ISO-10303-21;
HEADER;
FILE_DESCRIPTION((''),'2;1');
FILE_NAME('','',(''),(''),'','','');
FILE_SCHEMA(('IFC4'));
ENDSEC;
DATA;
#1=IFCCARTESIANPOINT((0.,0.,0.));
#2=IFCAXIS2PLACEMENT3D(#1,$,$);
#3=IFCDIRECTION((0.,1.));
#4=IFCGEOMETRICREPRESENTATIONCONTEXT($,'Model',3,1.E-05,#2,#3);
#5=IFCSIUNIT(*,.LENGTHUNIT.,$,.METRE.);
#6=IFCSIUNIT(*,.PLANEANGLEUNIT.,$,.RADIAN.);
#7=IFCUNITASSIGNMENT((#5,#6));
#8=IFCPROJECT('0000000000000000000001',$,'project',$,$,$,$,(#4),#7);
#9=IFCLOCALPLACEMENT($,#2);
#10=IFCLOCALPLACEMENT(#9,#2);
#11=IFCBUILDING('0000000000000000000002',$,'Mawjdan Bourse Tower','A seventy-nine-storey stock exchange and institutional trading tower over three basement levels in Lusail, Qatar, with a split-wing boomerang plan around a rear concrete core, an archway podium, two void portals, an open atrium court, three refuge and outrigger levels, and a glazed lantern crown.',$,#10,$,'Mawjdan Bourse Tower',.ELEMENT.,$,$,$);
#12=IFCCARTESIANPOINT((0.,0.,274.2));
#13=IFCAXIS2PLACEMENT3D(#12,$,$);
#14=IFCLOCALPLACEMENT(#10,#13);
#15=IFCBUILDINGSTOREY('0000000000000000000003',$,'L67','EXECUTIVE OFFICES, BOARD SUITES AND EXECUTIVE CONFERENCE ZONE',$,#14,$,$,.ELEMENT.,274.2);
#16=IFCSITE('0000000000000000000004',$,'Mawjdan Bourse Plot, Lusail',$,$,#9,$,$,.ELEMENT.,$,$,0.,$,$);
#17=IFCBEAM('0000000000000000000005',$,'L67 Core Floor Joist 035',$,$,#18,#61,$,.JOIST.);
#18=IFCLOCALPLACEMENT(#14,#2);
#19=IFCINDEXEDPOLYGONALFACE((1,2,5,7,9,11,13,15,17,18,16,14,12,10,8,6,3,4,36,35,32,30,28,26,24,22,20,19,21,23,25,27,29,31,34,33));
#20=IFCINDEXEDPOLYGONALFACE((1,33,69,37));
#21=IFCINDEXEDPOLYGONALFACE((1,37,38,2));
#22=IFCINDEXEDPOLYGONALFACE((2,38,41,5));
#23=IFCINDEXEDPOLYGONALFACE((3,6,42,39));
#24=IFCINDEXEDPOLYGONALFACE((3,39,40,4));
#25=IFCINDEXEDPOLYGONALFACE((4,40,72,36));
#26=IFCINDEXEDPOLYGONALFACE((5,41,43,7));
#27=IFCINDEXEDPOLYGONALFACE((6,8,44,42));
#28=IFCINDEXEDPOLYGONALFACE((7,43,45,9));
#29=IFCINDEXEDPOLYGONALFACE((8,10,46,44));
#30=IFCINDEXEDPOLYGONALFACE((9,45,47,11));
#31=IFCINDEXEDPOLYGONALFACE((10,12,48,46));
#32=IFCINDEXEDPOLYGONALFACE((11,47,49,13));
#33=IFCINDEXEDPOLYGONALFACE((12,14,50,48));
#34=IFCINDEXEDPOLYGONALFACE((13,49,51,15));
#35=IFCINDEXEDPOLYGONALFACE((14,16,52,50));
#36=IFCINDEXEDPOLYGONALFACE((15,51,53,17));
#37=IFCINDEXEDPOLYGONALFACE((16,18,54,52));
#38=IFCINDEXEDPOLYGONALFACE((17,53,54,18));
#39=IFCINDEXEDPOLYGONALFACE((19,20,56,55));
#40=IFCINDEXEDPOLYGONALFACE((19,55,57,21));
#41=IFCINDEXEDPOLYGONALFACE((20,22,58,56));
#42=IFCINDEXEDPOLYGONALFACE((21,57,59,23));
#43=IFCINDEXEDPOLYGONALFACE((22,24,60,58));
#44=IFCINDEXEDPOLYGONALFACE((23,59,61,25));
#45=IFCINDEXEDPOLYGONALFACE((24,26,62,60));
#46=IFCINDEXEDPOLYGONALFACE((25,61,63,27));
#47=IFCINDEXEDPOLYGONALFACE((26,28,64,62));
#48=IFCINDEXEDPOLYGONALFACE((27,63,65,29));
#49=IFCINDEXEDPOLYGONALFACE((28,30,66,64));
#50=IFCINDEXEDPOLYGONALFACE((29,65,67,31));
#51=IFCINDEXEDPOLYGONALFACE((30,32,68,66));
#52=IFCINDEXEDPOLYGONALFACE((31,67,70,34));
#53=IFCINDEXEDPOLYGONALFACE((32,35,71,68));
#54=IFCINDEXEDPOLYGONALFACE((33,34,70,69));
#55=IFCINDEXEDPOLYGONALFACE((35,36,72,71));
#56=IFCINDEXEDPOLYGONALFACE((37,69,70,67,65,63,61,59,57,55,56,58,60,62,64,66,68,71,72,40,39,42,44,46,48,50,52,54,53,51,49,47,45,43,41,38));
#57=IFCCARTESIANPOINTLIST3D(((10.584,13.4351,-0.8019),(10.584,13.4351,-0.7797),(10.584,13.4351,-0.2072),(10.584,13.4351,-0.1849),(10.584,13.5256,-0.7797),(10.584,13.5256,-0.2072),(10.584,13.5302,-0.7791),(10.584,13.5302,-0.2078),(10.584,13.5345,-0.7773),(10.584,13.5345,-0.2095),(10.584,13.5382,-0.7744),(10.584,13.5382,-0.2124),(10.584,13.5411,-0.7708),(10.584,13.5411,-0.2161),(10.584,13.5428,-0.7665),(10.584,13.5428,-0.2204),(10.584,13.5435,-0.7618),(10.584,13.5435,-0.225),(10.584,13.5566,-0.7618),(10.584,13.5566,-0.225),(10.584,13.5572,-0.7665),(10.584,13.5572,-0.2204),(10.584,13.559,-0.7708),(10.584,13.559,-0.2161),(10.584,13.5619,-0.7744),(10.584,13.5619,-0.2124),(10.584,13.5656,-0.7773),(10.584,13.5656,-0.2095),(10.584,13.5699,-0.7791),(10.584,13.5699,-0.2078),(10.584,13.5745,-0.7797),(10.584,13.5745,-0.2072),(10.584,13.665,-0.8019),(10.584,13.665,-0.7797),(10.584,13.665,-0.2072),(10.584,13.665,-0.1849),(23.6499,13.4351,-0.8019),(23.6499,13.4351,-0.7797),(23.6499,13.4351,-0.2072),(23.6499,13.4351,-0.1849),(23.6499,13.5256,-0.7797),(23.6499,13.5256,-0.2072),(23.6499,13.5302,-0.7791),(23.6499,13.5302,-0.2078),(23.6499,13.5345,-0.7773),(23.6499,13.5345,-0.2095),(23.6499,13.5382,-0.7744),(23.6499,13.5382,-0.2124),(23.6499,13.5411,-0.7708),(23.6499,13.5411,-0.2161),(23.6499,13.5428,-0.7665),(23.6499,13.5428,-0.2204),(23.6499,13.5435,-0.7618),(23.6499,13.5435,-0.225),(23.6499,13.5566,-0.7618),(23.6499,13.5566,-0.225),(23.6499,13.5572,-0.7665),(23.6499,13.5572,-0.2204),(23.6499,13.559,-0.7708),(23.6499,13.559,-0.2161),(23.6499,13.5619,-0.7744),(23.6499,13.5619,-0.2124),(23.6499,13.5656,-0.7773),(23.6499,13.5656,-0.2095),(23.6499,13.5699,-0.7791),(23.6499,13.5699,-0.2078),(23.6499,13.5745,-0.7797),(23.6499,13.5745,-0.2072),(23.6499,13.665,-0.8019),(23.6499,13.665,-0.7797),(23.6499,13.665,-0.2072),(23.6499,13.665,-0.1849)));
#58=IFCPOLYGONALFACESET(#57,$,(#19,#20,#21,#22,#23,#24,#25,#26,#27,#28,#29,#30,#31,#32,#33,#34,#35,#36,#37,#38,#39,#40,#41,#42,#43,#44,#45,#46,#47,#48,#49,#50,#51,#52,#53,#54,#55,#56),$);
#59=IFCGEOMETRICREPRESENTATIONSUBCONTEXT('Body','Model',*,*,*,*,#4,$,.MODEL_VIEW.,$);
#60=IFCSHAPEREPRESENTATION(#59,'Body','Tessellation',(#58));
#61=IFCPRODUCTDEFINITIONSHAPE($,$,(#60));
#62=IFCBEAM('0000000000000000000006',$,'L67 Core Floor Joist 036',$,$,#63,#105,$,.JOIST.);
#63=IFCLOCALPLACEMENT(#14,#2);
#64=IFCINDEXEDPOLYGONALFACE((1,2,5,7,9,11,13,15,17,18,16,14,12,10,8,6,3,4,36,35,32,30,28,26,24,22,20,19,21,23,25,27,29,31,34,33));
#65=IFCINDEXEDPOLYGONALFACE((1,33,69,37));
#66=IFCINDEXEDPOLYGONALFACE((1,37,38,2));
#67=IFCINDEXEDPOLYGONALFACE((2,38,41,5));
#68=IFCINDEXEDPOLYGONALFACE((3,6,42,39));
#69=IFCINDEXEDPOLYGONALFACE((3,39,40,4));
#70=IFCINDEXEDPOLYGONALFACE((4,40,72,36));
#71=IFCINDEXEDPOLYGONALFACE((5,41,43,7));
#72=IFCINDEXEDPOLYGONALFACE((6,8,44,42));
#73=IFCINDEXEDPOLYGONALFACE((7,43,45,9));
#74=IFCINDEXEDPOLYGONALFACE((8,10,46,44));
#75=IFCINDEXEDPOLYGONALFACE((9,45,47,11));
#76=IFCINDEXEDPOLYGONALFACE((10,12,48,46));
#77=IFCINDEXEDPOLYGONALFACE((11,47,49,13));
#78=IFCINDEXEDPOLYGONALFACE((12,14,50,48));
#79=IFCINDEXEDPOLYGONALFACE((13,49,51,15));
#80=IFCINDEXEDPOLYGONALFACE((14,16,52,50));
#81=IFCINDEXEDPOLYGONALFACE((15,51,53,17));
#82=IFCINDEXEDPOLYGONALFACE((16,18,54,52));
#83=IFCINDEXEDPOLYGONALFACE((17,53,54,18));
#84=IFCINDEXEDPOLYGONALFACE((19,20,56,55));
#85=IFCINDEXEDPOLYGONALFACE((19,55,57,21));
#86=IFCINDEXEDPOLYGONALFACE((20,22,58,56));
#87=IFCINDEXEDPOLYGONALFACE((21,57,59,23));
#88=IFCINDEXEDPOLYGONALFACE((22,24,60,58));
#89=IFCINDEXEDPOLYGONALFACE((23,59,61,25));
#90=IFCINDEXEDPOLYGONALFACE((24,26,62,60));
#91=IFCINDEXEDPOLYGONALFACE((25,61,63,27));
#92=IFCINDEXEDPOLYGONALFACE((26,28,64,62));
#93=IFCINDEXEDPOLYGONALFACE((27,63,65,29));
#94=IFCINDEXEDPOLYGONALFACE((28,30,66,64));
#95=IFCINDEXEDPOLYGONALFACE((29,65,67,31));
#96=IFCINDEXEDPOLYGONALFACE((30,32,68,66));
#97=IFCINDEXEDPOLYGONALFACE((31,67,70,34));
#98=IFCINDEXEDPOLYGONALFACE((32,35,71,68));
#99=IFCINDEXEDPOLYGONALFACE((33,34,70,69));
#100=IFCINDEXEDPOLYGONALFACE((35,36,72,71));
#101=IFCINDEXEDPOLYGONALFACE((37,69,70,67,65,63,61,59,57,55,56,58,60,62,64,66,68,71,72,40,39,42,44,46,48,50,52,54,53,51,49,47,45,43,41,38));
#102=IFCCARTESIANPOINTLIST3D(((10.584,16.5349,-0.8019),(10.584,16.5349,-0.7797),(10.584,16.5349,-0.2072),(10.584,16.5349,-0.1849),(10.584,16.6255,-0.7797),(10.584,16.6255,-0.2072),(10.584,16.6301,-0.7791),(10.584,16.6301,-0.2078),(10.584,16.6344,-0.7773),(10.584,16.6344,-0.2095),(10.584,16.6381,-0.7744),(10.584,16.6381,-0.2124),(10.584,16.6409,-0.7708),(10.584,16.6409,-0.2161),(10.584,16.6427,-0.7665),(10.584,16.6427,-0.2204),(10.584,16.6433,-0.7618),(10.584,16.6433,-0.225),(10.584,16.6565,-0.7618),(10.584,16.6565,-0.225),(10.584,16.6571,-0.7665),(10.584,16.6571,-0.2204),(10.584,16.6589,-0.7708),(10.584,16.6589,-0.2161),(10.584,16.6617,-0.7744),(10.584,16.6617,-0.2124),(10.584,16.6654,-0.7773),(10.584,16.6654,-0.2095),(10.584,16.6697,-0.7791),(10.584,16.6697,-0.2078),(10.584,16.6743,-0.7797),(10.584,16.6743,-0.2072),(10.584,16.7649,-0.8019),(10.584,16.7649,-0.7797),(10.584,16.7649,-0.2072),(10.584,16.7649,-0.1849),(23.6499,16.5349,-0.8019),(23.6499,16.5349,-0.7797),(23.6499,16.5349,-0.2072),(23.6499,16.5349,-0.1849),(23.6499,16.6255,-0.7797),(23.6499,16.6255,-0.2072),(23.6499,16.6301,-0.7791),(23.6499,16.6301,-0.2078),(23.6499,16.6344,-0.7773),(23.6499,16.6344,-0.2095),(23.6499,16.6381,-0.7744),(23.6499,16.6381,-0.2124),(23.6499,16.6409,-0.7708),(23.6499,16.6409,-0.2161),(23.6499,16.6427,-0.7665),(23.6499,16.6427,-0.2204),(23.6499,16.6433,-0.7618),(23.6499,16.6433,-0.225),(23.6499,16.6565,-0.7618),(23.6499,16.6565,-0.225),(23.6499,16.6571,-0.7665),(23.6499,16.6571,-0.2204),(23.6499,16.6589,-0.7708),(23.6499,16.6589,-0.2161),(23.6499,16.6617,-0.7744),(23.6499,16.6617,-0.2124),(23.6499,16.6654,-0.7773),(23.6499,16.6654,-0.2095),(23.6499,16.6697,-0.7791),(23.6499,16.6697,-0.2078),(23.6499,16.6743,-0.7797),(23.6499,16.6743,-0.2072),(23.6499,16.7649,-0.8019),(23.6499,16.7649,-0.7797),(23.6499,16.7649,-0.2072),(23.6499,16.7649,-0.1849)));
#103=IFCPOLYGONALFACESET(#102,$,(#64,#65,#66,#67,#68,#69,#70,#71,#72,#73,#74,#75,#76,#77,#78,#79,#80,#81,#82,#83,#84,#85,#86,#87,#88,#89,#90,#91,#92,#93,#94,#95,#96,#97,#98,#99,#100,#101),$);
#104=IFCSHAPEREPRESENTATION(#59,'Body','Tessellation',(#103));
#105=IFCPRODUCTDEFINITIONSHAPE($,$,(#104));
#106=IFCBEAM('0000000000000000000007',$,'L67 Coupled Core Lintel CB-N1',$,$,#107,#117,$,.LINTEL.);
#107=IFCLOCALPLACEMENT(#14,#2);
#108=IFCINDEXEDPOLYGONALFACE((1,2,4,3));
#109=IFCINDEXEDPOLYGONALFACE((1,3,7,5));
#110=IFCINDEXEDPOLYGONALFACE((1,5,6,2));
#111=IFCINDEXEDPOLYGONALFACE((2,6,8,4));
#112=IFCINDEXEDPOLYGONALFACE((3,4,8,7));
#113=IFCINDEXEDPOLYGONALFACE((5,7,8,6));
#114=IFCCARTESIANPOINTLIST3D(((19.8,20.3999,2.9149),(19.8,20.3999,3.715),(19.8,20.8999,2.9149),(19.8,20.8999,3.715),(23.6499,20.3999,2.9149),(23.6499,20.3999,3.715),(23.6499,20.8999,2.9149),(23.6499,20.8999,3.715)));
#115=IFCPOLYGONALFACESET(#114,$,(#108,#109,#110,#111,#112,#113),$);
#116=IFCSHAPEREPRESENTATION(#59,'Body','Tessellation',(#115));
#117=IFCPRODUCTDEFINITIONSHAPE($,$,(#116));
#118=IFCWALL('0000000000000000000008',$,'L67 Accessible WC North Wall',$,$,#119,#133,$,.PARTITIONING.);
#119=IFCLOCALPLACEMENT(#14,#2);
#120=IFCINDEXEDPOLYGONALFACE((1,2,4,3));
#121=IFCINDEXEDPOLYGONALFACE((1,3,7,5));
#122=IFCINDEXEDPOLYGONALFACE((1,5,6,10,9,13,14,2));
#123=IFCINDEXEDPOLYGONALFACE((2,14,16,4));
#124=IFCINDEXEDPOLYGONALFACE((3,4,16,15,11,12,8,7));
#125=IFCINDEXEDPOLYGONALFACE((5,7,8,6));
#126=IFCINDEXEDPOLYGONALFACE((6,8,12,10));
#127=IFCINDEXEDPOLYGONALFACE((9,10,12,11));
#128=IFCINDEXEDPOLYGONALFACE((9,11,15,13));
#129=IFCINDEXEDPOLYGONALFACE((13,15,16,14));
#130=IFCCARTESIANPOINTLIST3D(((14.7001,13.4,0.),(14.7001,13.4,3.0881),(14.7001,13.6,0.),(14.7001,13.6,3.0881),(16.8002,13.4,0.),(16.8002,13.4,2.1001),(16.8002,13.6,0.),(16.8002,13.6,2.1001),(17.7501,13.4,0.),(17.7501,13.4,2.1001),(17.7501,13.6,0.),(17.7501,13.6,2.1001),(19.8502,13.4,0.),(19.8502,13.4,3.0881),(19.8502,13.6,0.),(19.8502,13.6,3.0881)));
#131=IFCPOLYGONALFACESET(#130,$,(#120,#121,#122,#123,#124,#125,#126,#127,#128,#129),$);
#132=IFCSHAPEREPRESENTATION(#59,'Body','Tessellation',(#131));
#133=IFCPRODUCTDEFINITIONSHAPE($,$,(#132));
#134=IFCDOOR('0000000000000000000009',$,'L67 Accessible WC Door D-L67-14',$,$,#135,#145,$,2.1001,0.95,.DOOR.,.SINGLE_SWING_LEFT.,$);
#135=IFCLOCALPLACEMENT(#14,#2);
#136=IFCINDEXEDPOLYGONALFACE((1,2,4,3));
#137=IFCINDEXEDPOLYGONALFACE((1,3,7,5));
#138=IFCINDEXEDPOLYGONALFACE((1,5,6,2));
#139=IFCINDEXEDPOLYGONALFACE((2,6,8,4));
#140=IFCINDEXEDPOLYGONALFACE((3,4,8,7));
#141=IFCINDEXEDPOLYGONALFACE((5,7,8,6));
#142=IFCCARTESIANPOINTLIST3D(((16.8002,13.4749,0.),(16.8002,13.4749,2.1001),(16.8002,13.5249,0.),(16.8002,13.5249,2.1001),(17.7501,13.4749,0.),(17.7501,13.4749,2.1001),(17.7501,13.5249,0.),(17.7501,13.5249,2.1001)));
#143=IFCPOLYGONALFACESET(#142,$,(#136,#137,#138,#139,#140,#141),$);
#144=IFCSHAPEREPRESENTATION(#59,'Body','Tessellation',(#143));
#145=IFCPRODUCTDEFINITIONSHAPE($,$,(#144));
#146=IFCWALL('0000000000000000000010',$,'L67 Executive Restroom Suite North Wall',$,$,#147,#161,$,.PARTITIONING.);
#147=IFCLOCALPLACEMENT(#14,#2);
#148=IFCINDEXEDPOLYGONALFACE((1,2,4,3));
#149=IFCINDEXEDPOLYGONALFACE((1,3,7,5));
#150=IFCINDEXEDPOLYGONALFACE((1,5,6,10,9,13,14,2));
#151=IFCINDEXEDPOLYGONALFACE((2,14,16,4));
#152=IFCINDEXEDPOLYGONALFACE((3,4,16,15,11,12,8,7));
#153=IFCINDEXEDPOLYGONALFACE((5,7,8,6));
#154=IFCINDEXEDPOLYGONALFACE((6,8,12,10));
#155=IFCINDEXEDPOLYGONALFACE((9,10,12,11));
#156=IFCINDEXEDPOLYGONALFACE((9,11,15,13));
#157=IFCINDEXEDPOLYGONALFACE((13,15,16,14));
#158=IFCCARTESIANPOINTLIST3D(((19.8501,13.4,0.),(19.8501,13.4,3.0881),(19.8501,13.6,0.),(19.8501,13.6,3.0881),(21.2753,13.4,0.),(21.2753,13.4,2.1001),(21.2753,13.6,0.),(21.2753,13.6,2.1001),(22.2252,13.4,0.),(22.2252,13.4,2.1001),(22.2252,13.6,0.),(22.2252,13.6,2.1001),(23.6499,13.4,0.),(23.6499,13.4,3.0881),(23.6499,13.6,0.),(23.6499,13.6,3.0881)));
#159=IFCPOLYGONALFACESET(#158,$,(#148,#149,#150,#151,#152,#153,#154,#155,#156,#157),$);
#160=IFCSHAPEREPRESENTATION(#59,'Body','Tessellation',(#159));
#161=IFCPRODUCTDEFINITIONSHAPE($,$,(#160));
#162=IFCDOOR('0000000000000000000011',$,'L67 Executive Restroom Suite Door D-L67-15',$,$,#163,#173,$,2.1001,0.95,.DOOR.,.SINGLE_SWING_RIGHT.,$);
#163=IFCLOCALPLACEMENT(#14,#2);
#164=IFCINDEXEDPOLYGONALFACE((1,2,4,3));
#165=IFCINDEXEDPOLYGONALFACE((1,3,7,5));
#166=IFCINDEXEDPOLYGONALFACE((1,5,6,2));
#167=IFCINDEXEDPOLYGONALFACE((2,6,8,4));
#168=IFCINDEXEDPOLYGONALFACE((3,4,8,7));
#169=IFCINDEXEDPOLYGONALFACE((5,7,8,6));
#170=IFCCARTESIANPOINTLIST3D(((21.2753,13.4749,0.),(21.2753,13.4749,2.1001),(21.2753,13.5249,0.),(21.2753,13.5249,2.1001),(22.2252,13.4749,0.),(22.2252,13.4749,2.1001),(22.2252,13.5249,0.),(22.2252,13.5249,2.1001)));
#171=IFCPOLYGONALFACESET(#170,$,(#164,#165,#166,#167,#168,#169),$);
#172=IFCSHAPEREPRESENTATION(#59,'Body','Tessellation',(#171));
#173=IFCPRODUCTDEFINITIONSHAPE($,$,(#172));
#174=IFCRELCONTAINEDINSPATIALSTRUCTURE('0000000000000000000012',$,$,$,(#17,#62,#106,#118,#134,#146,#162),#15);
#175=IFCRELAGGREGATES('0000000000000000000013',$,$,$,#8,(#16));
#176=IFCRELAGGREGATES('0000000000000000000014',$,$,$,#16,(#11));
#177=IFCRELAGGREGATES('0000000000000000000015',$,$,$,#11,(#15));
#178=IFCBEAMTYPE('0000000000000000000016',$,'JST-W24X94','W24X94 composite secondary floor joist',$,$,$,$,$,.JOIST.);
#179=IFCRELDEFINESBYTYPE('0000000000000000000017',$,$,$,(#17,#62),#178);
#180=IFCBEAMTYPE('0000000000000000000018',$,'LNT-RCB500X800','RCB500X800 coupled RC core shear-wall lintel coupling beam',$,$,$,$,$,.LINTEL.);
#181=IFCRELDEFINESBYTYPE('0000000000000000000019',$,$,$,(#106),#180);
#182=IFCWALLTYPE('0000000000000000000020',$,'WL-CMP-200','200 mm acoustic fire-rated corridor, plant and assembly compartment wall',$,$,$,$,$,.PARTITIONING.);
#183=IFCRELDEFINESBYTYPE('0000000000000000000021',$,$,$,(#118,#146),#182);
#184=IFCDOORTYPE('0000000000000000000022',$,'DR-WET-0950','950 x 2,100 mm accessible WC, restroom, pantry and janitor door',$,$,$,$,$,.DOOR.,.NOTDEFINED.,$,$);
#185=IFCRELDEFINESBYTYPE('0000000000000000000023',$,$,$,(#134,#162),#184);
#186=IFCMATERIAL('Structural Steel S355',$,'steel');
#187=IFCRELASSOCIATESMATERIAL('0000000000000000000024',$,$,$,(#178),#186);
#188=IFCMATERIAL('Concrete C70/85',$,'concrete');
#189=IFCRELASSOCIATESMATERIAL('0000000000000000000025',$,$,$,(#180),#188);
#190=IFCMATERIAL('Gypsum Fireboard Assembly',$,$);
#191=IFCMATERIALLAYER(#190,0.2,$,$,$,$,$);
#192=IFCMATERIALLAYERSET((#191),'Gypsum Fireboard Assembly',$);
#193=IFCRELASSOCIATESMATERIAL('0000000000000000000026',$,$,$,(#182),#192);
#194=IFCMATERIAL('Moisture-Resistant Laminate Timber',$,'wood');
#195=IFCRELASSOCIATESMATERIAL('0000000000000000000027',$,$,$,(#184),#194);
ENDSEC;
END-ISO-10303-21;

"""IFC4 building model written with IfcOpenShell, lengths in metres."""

from ifc_helpers import new_model, si_unit, direction, frame, frame_2d, origin, origin_2d, place, context, subcontext, project, spatial, rectangle, i_section, extrude, material, layer, layer_set, material_profile, profile_set, type_object, element, fill, save


model = new_model("IFC4")

# Units and contexts
model_context = context("Model", 3, precision=1e-05, world=origin(), true_north=direction((0.0, 1.0)))
body_context = subcontext(model_context, "Body", "Model", "MODEL_VIEW")
ifc_project = project(units=[si_unit("LENGTHUNIT", "METRE"), si_unit("PLANEANGLEUNIT", "RADIAN")], contexts=[model_context])

# Site, building, storey
site_placement = place(None, origin())
site = spatial("IfcSite", under=ifc_project, at=site_placement, Name="Mawjdan Bourse Plot, Lusail", CompositionType="ELEMENT", RefElevation=0.0)
building_placement = place(site_placement, origin())
building = spatial("IfcBuilding", under=site, at=building_placement, Name="Mawjdan Bourse Tower", Description="A seventy-nine-storey stock exchange and institutional trading tower over three basement levels in Lusail, Qatar, with a split-wing boomerang plan around a rear concrete core, an archway podium, two void portals, an open atrium court, three refuge and outrigger levels, and a glazed lantern crown.", LongName="Mawjdan Bourse Tower", CompositionType="ELEMENT")
storey_placement = place(building_placement, frame((0.0, 0.0, 274.2)))
storey = spatial("IfcBuildingStorey", under=building, at=storey_placement, Name="L67", Description="EXECUTIVE OFFICES, BOARD SUITES AND EXECUTIVE CONFERENCE ZONE", CompositionType="ELEMENT", Elevation=274.2)

# Beams
ifc_material_1 = material(Name="Structural Steel S355", Category="steel")
ifc_material_profile_1 = material_profile(ifc_material_1, i_section(OverallWidth=0.23, OverallDepth=0.6169, WebThickness=0.0132, FlangeThickness=0.0222, FilletRadius=0.0178, at=origin_2d()), Name="W24X94")
ifc_profile_set_1 = profile_set([ifc_material_profile_1], Name="Structural Steel S355")
beam_type_1 = type_object("IfcBeamType", Name="JST-W24X94", Description="W24X94 composite secondary floor joist", PredefinedType="JOIST", material=ifc_profile_set_1)
for number, where, z_axis, x_axis, name in (
    (1, (10.584, 13.55, -0.4934), (1.0, 0.0, 0.0), (0.0, 1.0, 0.0), "L67 Core Floor Joist 035"),
    (2, (10.584, 16.6499, -0.4934), (1.0, 0.0, 0.0), (0.0, 1.0, 0.0), "L67 Core Floor Joist 036"),
):
    element("IfcBeam", number, at=place(storey_placement, frame(where, z_axis=z_axis, x_axis=x_axis)), inside=storey, type_object=beam_type_1, Name=name, PredefinedType="JOIST", context=body_context, shape_type="SweptSolid", body=[
        extrude(i_section(OverallWidth=0.23, OverallDepth=0.6169, WebThickness=0.0132, FlangeThickness=0.0222, FilletRadius=0.0178, at=origin_2d()), origin(), (0.0, 0.0, 1.0), 13.0659),
    ])
ifc_material_2 = material(Name="Concrete C70/85", Category="concrete")
ifc_material_profile_2 = material_profile(ifc_material_2, rectangle(XDim=0.5, YDim=0.8, at=origin_2d()), Name="RCB500X800")
ifc_profile_set_2 = profile_set([ifc_material_profile_2], Name="Concrete C70/85")
beam_type_2 = type_object("IfcBeamType", Name="LNT-RCB500X800", Description="RCB500X800 coupled RC core shear-wall lintel coupling beam", PredefinedType="LINTEL", material=ifc_profile_set_2)
beam_placement = place(storey_placement, frame((19.8, 20.6499, 3.3149), z_axis=(1.0, 0.0, 0.0), x_axis=(0.0, 1.0, 0.0)))
element("IfcBeam", 3, at=beam_placement, inside=storey, type_object=beam_type_2, Name="L67 Coupled Core Lintel CB-N1", PredefinedType="LINTEL", context=body_context, shape_type="SweptSolid", body=[
    extrude(rectangle(XDim=0.5, YDim=0.8, at=origin_2d()), origin(), (0.0, 0.0, 1.0), 3.8499),
])

# Walls, openings, doors
ifc_material_3 = material(Name="Gypsum Fireboard Assembly")
ifc_layer_1 = layer(ifc_material_3, 0.2)
ifc_layer_set_1 = layer_set([ifc_layer_1], Name="Gypsum Fireboard Assembly")
wall_type_1 = type_object("IfcWallType", Name="WL-CMP-200", Description="200 mm acoustic fire-rated corridor, plant and assembly compartment wall", PredefinedType="PARTITIONING", material=ifc_layer_set_1)
wall_1_placement = place(storey_placement, frame((14.7, 13.5, 0.0), z_axis=(0.0, 0.0, 1.0), x_axis=(1.0, 0.0, 0.0)))
wall_1 = element("IfcWall", 4, at=wall_1_placement, inside=storey, type_object=wall_type_1, Name="L67 Accessible WC North Wall", PredefinedType="PARTITIONING", context=body_context, shape_type="SweptSolid", body=[
    extrude(rectangle(XDim=5.1501, YDim=0.2, at=frame_2d((2.5752, 0.0))), origin(), (0.0, 0.0, 1.0), 3.0881),
])
opening_1_placement = place(wall_1_placement, frame((2.1001, 0.0, 0.0)))
opening_1 = element("IfcOpeningElement", 5, at=opening_1_placement, cuts=wall_1, PredefinedType="OPENING", context=body_context, shape_type="SweptSolid", body=[
    extrude(rectangle(XDim=0.95, YDim=2.1001, at=frame_2d((0.4751, 1.05))), frame((0.0, 0.1099, 0.0), z_axis=(0.0, -1.0, 0.0), x_axis=(1.0, 0.0, 0.0)), (0.0, 0.0, 1.0), 0.22),
])
ifc_material_4 = material(Name="Moisture-Resistant Laminate Timber", Category="wood")
door_type_1 = type_object("IfcDoorType", Name="DR-WET-0950", Description="950 x 2,100 mm accessible WC, restroom, pantry and janitor door", OperationType="NOTDEFINED", PredefinedType="DOOR", material=ifc_material_4)
door_1_placement = place(opening_1_placement, origin())
door_1 = element("IfcDoor", 6, at=door_1_placement, inside=storey, type_object=door_type_1, Name="L67 Accessible WC Door D-L67-14", OperationType="SINGLE_SWING_LEFT", OverallHeight=2.1001, OverallWidth=0.95, PredefinedType="DOOR", context=body_context, shape_type="SweptSolid", body=[
    extrude(rectangle(XDim=0.95, YDim=2.1001, at=frame_2d((0.4751, 1.05))), frame((0.0, 0.0249, 0.0), z_axis=(0.0, -1.0, 0.0), x_axis=(1.0, 0.0, 0.0)), (0.0, 0.0, 1.0), 0.05),
])
fill(opening_1, door_1)
wall_2_placement = place(storey_placement, frame((19.8501, 13.5, 0.0), z_axis=(0.0, 0.0, 1.0), x_axis=(1.0, 0.0, 0.0)))
wall_2 = element("IfcWall", 7, at=wall_2_placement, inside=storey, type_object=wall_type_1, Name="L67 Executive Restroom Suite North Wall", PredefinedType="PARTITIONING", context=body_context, shape_type="SweptSolid", body=[
    extrude(rectangle(XDim=3.7998, YDim=0.2, at=frame_2d((1.8999, 0.0))), origin(), (0.0, 0.0, 1.0), 3.0881),
])
opening_2_placement = place(wall_2_placement, frame((1.425, 0.0, 0.0)))
opening_2 = element("IfcOpeningElement", 8, at=opening_2_placement, cuts=wall_2, PredefinedType="OPENING", context=body_context, shape_type="SweptSolid", body=[
    extrude(rectangle(XDim=0.95, YDim=2.1001, at=frame_2d((0.4751, 1.05))), frame((0.0, 0.1099, 0.0), z_axis=(0.0, -1.0, 0.0), x_axis=(1.0, 0.0, 0.0)), (0.0, 0.0, 1.0), 0.22),
])
door_2_placement = place(opening_2_placement, origin())
door_2 = element("IfcDoor", 9, at=door_2_placement, inside=storey, type_object=door_type_1, Name="L67 Executive Restroom Suite Door D-L67-15", OperationType="SINGLE_SWING_RIGHT", OverallHeight=2.1001, OverallWidth=0.95, PredefinedType="DOOR", context=body_context, shape_type="SweptSolid", body=[
    extrude(rectangle(XDim=0.95, YDim=2.1001, at=frame_2d((0.4751, 1.05))), frame((0.0, 0.0249, 0.0), z_axis=(0.0, -1.0, 0.0), x_axis=(1.0, 0.0, 0.0)), (0.0, 0.0, 1.0), 0.05),
])
fill(opening_2, door_2)

save(model, "model.ifc")
